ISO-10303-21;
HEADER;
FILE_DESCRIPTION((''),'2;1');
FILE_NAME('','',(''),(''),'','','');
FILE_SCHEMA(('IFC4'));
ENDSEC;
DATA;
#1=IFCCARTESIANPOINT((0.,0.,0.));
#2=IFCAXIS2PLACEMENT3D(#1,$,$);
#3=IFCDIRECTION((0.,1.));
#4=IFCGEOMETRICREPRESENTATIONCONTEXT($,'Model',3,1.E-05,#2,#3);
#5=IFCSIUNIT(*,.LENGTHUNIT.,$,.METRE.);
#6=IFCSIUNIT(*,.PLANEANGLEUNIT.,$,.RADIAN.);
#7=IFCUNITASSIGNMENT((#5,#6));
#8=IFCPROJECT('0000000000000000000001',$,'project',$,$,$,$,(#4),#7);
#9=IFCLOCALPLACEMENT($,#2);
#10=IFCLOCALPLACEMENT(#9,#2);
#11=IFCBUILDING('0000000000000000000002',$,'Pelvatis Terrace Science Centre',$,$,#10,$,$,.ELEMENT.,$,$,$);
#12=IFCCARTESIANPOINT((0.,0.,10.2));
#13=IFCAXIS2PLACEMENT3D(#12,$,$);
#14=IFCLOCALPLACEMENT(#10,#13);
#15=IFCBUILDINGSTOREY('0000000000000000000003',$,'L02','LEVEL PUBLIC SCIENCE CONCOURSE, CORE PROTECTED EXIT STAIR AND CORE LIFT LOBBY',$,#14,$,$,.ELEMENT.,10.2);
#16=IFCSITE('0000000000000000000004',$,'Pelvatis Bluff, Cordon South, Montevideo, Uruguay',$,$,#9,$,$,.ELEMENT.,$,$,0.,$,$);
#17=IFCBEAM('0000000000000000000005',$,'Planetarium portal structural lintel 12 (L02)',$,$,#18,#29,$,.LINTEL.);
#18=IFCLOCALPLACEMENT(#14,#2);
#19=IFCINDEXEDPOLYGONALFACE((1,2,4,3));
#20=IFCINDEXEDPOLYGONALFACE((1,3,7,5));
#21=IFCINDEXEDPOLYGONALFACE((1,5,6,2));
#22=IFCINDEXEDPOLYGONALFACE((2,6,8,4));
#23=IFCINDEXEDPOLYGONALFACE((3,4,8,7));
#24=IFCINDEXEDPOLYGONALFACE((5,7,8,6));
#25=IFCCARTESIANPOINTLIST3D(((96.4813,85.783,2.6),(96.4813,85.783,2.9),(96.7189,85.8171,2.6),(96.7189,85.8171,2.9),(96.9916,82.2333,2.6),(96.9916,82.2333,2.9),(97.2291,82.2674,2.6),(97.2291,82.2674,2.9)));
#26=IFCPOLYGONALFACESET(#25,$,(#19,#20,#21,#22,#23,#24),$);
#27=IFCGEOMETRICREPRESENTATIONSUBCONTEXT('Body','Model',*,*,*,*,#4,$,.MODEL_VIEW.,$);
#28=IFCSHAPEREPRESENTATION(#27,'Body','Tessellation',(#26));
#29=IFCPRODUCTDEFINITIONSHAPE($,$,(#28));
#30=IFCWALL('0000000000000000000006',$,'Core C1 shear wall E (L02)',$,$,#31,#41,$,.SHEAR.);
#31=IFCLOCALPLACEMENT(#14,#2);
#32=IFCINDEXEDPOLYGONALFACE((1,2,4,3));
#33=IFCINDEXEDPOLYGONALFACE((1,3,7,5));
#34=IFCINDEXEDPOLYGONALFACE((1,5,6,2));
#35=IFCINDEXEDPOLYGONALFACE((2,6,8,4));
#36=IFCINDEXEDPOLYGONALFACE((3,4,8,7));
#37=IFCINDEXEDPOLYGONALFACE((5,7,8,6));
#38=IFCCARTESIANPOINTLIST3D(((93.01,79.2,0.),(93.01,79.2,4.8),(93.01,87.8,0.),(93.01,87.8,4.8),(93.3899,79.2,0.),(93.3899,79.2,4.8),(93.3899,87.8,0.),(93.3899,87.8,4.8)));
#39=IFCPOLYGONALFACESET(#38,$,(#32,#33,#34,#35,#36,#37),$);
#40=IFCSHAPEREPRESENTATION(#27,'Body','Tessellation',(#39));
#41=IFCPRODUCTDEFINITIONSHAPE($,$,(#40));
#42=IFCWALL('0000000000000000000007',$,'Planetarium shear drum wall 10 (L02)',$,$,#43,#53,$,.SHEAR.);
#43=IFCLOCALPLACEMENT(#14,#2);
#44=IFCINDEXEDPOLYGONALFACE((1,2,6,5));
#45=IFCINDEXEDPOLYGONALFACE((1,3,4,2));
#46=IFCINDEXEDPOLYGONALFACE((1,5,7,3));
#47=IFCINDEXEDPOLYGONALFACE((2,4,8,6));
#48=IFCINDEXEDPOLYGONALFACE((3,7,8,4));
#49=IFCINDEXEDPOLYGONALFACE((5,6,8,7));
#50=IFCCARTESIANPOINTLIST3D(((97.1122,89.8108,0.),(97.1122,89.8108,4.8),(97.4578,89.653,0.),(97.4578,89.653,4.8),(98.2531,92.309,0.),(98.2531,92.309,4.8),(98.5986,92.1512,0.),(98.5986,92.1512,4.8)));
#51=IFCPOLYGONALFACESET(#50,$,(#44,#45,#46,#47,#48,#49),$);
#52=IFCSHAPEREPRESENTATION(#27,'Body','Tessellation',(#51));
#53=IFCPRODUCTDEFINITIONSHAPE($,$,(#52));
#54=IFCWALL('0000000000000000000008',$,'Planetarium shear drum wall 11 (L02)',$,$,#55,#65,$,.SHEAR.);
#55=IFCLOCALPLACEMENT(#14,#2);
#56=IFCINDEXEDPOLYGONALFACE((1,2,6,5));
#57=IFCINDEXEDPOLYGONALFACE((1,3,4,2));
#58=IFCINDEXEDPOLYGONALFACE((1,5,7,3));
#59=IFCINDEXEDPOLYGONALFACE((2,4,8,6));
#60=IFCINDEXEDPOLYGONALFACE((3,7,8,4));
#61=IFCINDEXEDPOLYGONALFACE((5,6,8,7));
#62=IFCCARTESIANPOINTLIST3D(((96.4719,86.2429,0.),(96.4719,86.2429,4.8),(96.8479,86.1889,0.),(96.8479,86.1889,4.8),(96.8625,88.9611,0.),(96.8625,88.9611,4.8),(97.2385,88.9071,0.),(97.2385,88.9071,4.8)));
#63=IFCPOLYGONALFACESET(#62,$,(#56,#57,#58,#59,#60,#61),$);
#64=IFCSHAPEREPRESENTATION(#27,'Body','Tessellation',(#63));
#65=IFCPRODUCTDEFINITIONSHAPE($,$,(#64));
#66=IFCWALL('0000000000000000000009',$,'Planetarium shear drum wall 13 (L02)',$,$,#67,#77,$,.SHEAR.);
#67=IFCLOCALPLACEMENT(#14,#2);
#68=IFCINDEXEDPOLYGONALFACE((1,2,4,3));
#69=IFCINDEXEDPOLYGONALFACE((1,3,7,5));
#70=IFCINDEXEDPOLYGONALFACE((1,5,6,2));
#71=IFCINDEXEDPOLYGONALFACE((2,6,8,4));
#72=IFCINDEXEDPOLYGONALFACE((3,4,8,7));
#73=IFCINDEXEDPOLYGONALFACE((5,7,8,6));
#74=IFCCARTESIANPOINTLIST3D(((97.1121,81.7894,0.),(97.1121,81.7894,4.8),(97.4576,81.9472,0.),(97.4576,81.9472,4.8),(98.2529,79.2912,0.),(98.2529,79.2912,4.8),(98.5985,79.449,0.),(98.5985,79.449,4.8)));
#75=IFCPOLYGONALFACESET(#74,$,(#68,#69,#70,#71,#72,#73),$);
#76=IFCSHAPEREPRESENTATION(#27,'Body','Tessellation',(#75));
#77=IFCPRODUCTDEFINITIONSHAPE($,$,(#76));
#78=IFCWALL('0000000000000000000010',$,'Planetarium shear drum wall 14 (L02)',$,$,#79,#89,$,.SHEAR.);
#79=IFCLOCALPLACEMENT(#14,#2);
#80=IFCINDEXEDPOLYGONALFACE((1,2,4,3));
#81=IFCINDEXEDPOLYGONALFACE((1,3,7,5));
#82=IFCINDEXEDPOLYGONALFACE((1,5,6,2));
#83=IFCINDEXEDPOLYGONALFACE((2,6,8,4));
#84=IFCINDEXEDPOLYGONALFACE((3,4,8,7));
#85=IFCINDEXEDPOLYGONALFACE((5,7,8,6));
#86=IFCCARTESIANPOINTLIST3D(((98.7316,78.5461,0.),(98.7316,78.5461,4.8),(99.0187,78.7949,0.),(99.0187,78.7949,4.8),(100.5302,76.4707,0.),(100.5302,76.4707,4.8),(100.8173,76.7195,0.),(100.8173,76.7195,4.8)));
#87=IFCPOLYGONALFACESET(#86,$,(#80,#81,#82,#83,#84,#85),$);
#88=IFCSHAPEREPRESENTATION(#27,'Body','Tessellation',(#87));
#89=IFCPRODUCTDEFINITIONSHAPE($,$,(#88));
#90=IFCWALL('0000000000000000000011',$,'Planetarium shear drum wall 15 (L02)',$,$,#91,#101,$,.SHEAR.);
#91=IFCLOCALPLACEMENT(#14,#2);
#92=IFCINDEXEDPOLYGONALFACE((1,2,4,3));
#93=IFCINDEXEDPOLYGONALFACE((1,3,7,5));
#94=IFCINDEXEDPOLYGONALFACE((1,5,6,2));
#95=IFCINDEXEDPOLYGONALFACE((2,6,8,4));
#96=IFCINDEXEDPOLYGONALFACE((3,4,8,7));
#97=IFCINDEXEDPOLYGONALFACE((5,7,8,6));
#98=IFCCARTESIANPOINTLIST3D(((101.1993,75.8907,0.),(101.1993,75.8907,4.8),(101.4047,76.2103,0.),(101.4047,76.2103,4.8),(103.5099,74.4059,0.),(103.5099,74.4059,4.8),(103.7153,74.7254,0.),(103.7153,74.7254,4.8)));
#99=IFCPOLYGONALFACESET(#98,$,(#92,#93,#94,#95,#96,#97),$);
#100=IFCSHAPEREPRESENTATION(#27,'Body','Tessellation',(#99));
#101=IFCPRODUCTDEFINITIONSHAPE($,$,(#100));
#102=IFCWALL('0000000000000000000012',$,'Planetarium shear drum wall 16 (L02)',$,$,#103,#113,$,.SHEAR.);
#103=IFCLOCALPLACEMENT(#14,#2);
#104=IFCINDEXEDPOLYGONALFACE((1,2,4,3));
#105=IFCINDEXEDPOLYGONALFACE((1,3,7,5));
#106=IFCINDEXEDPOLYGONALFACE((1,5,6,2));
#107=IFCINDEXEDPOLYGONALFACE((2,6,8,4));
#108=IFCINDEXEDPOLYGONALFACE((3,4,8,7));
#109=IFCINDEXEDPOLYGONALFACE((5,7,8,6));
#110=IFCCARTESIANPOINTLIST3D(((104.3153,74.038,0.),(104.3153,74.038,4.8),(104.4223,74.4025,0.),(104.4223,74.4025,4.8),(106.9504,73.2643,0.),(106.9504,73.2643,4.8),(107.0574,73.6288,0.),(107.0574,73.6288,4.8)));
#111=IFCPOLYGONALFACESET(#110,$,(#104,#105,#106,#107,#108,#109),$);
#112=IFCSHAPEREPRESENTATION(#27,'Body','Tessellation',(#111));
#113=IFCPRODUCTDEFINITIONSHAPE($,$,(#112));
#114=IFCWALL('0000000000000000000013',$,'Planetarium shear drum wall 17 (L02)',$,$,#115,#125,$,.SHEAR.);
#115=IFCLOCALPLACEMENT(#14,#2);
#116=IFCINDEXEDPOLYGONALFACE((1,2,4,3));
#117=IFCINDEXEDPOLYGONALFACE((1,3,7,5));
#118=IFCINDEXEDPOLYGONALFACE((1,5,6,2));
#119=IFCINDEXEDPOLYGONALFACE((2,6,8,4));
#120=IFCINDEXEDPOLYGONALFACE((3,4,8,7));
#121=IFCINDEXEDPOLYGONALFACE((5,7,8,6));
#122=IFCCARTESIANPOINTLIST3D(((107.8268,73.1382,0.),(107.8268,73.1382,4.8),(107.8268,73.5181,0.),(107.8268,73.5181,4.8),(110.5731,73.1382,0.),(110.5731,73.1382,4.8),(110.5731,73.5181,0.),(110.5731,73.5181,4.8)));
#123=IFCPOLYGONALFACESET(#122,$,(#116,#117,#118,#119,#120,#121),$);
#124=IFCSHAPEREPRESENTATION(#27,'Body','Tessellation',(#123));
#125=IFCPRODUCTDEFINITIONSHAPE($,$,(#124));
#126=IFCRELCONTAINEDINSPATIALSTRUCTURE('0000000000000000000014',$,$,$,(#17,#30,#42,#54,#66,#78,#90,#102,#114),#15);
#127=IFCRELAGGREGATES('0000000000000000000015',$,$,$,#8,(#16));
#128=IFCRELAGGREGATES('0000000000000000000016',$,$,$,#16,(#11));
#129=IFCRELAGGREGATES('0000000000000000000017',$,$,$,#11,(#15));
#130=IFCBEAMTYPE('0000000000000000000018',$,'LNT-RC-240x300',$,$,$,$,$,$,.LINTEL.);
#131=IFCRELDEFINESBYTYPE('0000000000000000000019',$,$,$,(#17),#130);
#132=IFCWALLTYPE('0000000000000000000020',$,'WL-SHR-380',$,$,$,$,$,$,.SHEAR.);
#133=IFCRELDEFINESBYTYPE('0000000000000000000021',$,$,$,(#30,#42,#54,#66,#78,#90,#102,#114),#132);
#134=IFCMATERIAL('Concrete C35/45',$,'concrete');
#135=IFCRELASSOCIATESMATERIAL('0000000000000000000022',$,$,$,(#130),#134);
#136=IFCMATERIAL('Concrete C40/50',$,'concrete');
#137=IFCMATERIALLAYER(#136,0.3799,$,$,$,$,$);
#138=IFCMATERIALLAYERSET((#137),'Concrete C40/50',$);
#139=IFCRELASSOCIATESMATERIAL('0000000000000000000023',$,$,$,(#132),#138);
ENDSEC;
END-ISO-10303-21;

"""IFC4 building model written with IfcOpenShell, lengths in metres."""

from ifc_helpers import new_model, si_unit, direction, frame, frame_2d, origin, origin_2d, place, context, subcontext, project, spatial, rectangle, extrude, material, layer, layer_set, material_profile, profile_set, type_object, element, save


model = new_model("IFC4")

# Units and contexts
model_context = context("Model", 3, precision=1e-05, world=origin(), true_north=direction((0.0, 1.0)))
body_context = subcontext(model_context, "Body", "Model", "MODEL_VIEW")
ifc_project = project(units=[si_unit("LENGTHUNIT", "METRE"), si_unit("PLANEANGLEUNIT", "RADIAN")], contexts=[model_context])

# Site, building, storey
site_placement = place(None, origin())
site = spatial("IfcSite", under=ifc_project, at=site_placement, Name="Pelvatis Bluff, Cordon South, Montevideo, Uruguay", CompositionType="ELEMENT", RefElevation=0.0)
building_placement = place(site_placement, origin())
building = spatial("IfcBuilding", under=site, at=building_placement, Name="Pelvatis Terrace Science Centre", CompositionType="ELEMENT")
storey_placement = place(building_placement, frame((0.0, 0.0, 10.2)))
storey = spatial("IfcBuildingStorey", under=building, at=storey_placement, Name="L02", Description="LEVEL PUBLIC SCIENCE CONCOURSE, CORE PROTECTED EXIT STAIR AND CORE LIFT LOBBY", CompositionType="ELEMENT", Elevation=10.2)

# Beam
ifc_material_1 = material(Name="Concrete C35/45", Category="concrete")
ifc_material_profile_1 = material_profile(ifc_material_1, rectangle(XDim=0.24, YDim=0.3, at=origin_2d()), Name="RC-LNT 240x300")
ifc_profile_set_1 = profile_set([ifc_material_profile_1], Name="Concrete C35/45")
beam_type_1 = type_object("IfcBeamType", Name="LNT-RC-240x300", PredefinedType="LINTEL", material=ifc_profile_set_1)
beam_1_placement = place(storey_placement, frame((96.6001, 85.8, 2.75), z_axis=(0.142279, -0.989827, 0.0), x_axis=(0.989827, 0.142279, 0.0)))
element("IfcBeam", 1, at=beam_1_placement, inside=storey, type_object=beam_type_1, Name="Planetarium portal structural lintel 12 (L02)", PredefinedType="LINTEL", context=body_context, shape_type="SweptSolid", body=[
    extrude(rectangle(XDim=0.24, YDim=0.3, at=origin_2d()), origin(), (0.0, 0.0, 1.0), 3.5862),
])

# Walls
ifc_material_2 = material(Name="Concrete C40/50", Category="concrete")
ifc_layer = layer(ifc_material_2, 0.3799)
ifc_layer_set = layer_set([ifc_layer], Name="Concrete C40/50")
wall_type = type_object("IfcWallType", Name="WL-SHR-380", PredefinedType="SHEAR", material=ifc_layer_set)
wall_1_placement = place(storey_placement, frame((93.2, 79.2, 0.0), z_axis=(0.0, 0.0, 1.0), x_axis=(0.0, 1.0, 0.0)))
element("IfcWall", 2, at=wall_1_placement, inside=storey, type_object=wall_type, Name="Core C1 shear wall E (L02)", PredefinedType="SHEAR", context=body_context, shape_type="SweptSolid", body=[
    extrude(rectangle(XDim=8.6001, YDim=0.3799, at=frame_2d((4.3, 0.0))), origin(), (0.0, 0.0, 1.0), 4.8),
])
wall_2_placement = place(storey_placement, frame((98.4258, 92.23, 0.0), z_axis=(0.0, 0.0, 1.0), x_axis=(-0.415396, -0.909641, 0.0)))
element("IfcWall", 3, at=wall_2_placement, inside=storey, type_object=wall_type, Name="Planetarium shear drum wall 10 (L02)", PredefinedType="SHEAR", context=body_context, shape_type="SweptSolid", body=[
    extrude(rectangle(XDim=2.7463, YDim=0.3799, at=frame_2d((1.373, 0.0))), origin(), (0.0, 0.0, 1.0), 4.8),
])
wall_3_placement = place(storey_placement, frame((97.0505, 88.9341, 0.0), z_axis=(0.0, 0.0, 1.0), x_axis=(-0.142243, -0.989832, 0.0)))
element("IfcWall", 4, at=wall_3_placement, inside=storey, type_object=wall_type, Name="Planetarium shear drum wall 11 (L02)", PredefinedType="SHEAR", context=body_context, shape_type="SweptSolid", body=[
    extrude(rectangle(XDim=2.7461, YDim=0.3799, at=frame_2d((1.373, 0.0))), origin(), (0.0, 0.0, 1.0), 4.8),
])
for number, where, z_axis, x_axis, name in (
    (5, (97.2849, 81.8682, 0.0), (0.0, 0.0, 1.0), (0.415396, -0.909641, 0.0), "Planetarium shear drum wall 13 (L02)"),
    (6, (98.8752, 78.6704, 0.0), (0.0, 0.0, 1.0), (0.654903, -0.755713, 0.0), "Planetarium shear drum wall 14 (L02)"),
):
    element("IfcWall", number, at=place(storey_placement, frame(where, z_axis=z_axis, x_axis=x_axis)), inside=storey, type_object=wall_type, Name=name, PredefinedType="SHEAR", context=body_context, shape_type="SweptSolid", body=[
        extrude(rectangle(XDim=2.7463, YDim=0.3799, at=frame_2d((1.373, 0.0))), origin(), (0.0, 0.0, 1.0), 4.8),
    ])
wall_4_placement = place(storey_placement, frame((101.302, 76.0505, 0.0), z_axis=(0.0, 0.0, 1.0), x_axis=(0.841259, -0.540632, 0.0)))
element("IfcWall", 7, at=wall_4_placement, inside=storey, type_object=wall_type, Name="Planetarium shear drum wall 15 (L02)", PredefinedType="SHEAR", context=body_context, shape_type="SweptSolid", body=[
    extrude(rectangle(XDim=2.7466, YDim=0.3799, at=frame_2d((1.3733, 0.0))), origin(), (0.0, 0.0, 1.0), 4.8),
])
for number, where, z_axis, x_axis, name in (
    (8, (104.3689, 74.2202, 0.0), (0.0, 0.0, 1.0), (0.959496, -0.281723, 0.0), "Planetarium shear drum wall 16 (L02)"),
    (9, (107.8269, 73.3281, 0.0), (0.0, 0.0, 1.0), (1.0, 0.0, 0.0), "Planetarium shear drum wall 17 (L02)"),
):
    element("IfcWall", number, at=place(storey_placement, frame(where, z_axis=z_axis, x_axis=x_axis)), inside=storey, type_object=wall_type, Name=name, PredefinedType="SHEAR", context=body_context, shape_type="SweptSolid", body=[
        extrude(rectangle(XDim=2.7463, YDim=0.3799, at=frame_2d((1.373, 0.0))), origin(), (0.0, 0.0, 1.0), 4.8),
    ])

save(model, "model.ifc")
